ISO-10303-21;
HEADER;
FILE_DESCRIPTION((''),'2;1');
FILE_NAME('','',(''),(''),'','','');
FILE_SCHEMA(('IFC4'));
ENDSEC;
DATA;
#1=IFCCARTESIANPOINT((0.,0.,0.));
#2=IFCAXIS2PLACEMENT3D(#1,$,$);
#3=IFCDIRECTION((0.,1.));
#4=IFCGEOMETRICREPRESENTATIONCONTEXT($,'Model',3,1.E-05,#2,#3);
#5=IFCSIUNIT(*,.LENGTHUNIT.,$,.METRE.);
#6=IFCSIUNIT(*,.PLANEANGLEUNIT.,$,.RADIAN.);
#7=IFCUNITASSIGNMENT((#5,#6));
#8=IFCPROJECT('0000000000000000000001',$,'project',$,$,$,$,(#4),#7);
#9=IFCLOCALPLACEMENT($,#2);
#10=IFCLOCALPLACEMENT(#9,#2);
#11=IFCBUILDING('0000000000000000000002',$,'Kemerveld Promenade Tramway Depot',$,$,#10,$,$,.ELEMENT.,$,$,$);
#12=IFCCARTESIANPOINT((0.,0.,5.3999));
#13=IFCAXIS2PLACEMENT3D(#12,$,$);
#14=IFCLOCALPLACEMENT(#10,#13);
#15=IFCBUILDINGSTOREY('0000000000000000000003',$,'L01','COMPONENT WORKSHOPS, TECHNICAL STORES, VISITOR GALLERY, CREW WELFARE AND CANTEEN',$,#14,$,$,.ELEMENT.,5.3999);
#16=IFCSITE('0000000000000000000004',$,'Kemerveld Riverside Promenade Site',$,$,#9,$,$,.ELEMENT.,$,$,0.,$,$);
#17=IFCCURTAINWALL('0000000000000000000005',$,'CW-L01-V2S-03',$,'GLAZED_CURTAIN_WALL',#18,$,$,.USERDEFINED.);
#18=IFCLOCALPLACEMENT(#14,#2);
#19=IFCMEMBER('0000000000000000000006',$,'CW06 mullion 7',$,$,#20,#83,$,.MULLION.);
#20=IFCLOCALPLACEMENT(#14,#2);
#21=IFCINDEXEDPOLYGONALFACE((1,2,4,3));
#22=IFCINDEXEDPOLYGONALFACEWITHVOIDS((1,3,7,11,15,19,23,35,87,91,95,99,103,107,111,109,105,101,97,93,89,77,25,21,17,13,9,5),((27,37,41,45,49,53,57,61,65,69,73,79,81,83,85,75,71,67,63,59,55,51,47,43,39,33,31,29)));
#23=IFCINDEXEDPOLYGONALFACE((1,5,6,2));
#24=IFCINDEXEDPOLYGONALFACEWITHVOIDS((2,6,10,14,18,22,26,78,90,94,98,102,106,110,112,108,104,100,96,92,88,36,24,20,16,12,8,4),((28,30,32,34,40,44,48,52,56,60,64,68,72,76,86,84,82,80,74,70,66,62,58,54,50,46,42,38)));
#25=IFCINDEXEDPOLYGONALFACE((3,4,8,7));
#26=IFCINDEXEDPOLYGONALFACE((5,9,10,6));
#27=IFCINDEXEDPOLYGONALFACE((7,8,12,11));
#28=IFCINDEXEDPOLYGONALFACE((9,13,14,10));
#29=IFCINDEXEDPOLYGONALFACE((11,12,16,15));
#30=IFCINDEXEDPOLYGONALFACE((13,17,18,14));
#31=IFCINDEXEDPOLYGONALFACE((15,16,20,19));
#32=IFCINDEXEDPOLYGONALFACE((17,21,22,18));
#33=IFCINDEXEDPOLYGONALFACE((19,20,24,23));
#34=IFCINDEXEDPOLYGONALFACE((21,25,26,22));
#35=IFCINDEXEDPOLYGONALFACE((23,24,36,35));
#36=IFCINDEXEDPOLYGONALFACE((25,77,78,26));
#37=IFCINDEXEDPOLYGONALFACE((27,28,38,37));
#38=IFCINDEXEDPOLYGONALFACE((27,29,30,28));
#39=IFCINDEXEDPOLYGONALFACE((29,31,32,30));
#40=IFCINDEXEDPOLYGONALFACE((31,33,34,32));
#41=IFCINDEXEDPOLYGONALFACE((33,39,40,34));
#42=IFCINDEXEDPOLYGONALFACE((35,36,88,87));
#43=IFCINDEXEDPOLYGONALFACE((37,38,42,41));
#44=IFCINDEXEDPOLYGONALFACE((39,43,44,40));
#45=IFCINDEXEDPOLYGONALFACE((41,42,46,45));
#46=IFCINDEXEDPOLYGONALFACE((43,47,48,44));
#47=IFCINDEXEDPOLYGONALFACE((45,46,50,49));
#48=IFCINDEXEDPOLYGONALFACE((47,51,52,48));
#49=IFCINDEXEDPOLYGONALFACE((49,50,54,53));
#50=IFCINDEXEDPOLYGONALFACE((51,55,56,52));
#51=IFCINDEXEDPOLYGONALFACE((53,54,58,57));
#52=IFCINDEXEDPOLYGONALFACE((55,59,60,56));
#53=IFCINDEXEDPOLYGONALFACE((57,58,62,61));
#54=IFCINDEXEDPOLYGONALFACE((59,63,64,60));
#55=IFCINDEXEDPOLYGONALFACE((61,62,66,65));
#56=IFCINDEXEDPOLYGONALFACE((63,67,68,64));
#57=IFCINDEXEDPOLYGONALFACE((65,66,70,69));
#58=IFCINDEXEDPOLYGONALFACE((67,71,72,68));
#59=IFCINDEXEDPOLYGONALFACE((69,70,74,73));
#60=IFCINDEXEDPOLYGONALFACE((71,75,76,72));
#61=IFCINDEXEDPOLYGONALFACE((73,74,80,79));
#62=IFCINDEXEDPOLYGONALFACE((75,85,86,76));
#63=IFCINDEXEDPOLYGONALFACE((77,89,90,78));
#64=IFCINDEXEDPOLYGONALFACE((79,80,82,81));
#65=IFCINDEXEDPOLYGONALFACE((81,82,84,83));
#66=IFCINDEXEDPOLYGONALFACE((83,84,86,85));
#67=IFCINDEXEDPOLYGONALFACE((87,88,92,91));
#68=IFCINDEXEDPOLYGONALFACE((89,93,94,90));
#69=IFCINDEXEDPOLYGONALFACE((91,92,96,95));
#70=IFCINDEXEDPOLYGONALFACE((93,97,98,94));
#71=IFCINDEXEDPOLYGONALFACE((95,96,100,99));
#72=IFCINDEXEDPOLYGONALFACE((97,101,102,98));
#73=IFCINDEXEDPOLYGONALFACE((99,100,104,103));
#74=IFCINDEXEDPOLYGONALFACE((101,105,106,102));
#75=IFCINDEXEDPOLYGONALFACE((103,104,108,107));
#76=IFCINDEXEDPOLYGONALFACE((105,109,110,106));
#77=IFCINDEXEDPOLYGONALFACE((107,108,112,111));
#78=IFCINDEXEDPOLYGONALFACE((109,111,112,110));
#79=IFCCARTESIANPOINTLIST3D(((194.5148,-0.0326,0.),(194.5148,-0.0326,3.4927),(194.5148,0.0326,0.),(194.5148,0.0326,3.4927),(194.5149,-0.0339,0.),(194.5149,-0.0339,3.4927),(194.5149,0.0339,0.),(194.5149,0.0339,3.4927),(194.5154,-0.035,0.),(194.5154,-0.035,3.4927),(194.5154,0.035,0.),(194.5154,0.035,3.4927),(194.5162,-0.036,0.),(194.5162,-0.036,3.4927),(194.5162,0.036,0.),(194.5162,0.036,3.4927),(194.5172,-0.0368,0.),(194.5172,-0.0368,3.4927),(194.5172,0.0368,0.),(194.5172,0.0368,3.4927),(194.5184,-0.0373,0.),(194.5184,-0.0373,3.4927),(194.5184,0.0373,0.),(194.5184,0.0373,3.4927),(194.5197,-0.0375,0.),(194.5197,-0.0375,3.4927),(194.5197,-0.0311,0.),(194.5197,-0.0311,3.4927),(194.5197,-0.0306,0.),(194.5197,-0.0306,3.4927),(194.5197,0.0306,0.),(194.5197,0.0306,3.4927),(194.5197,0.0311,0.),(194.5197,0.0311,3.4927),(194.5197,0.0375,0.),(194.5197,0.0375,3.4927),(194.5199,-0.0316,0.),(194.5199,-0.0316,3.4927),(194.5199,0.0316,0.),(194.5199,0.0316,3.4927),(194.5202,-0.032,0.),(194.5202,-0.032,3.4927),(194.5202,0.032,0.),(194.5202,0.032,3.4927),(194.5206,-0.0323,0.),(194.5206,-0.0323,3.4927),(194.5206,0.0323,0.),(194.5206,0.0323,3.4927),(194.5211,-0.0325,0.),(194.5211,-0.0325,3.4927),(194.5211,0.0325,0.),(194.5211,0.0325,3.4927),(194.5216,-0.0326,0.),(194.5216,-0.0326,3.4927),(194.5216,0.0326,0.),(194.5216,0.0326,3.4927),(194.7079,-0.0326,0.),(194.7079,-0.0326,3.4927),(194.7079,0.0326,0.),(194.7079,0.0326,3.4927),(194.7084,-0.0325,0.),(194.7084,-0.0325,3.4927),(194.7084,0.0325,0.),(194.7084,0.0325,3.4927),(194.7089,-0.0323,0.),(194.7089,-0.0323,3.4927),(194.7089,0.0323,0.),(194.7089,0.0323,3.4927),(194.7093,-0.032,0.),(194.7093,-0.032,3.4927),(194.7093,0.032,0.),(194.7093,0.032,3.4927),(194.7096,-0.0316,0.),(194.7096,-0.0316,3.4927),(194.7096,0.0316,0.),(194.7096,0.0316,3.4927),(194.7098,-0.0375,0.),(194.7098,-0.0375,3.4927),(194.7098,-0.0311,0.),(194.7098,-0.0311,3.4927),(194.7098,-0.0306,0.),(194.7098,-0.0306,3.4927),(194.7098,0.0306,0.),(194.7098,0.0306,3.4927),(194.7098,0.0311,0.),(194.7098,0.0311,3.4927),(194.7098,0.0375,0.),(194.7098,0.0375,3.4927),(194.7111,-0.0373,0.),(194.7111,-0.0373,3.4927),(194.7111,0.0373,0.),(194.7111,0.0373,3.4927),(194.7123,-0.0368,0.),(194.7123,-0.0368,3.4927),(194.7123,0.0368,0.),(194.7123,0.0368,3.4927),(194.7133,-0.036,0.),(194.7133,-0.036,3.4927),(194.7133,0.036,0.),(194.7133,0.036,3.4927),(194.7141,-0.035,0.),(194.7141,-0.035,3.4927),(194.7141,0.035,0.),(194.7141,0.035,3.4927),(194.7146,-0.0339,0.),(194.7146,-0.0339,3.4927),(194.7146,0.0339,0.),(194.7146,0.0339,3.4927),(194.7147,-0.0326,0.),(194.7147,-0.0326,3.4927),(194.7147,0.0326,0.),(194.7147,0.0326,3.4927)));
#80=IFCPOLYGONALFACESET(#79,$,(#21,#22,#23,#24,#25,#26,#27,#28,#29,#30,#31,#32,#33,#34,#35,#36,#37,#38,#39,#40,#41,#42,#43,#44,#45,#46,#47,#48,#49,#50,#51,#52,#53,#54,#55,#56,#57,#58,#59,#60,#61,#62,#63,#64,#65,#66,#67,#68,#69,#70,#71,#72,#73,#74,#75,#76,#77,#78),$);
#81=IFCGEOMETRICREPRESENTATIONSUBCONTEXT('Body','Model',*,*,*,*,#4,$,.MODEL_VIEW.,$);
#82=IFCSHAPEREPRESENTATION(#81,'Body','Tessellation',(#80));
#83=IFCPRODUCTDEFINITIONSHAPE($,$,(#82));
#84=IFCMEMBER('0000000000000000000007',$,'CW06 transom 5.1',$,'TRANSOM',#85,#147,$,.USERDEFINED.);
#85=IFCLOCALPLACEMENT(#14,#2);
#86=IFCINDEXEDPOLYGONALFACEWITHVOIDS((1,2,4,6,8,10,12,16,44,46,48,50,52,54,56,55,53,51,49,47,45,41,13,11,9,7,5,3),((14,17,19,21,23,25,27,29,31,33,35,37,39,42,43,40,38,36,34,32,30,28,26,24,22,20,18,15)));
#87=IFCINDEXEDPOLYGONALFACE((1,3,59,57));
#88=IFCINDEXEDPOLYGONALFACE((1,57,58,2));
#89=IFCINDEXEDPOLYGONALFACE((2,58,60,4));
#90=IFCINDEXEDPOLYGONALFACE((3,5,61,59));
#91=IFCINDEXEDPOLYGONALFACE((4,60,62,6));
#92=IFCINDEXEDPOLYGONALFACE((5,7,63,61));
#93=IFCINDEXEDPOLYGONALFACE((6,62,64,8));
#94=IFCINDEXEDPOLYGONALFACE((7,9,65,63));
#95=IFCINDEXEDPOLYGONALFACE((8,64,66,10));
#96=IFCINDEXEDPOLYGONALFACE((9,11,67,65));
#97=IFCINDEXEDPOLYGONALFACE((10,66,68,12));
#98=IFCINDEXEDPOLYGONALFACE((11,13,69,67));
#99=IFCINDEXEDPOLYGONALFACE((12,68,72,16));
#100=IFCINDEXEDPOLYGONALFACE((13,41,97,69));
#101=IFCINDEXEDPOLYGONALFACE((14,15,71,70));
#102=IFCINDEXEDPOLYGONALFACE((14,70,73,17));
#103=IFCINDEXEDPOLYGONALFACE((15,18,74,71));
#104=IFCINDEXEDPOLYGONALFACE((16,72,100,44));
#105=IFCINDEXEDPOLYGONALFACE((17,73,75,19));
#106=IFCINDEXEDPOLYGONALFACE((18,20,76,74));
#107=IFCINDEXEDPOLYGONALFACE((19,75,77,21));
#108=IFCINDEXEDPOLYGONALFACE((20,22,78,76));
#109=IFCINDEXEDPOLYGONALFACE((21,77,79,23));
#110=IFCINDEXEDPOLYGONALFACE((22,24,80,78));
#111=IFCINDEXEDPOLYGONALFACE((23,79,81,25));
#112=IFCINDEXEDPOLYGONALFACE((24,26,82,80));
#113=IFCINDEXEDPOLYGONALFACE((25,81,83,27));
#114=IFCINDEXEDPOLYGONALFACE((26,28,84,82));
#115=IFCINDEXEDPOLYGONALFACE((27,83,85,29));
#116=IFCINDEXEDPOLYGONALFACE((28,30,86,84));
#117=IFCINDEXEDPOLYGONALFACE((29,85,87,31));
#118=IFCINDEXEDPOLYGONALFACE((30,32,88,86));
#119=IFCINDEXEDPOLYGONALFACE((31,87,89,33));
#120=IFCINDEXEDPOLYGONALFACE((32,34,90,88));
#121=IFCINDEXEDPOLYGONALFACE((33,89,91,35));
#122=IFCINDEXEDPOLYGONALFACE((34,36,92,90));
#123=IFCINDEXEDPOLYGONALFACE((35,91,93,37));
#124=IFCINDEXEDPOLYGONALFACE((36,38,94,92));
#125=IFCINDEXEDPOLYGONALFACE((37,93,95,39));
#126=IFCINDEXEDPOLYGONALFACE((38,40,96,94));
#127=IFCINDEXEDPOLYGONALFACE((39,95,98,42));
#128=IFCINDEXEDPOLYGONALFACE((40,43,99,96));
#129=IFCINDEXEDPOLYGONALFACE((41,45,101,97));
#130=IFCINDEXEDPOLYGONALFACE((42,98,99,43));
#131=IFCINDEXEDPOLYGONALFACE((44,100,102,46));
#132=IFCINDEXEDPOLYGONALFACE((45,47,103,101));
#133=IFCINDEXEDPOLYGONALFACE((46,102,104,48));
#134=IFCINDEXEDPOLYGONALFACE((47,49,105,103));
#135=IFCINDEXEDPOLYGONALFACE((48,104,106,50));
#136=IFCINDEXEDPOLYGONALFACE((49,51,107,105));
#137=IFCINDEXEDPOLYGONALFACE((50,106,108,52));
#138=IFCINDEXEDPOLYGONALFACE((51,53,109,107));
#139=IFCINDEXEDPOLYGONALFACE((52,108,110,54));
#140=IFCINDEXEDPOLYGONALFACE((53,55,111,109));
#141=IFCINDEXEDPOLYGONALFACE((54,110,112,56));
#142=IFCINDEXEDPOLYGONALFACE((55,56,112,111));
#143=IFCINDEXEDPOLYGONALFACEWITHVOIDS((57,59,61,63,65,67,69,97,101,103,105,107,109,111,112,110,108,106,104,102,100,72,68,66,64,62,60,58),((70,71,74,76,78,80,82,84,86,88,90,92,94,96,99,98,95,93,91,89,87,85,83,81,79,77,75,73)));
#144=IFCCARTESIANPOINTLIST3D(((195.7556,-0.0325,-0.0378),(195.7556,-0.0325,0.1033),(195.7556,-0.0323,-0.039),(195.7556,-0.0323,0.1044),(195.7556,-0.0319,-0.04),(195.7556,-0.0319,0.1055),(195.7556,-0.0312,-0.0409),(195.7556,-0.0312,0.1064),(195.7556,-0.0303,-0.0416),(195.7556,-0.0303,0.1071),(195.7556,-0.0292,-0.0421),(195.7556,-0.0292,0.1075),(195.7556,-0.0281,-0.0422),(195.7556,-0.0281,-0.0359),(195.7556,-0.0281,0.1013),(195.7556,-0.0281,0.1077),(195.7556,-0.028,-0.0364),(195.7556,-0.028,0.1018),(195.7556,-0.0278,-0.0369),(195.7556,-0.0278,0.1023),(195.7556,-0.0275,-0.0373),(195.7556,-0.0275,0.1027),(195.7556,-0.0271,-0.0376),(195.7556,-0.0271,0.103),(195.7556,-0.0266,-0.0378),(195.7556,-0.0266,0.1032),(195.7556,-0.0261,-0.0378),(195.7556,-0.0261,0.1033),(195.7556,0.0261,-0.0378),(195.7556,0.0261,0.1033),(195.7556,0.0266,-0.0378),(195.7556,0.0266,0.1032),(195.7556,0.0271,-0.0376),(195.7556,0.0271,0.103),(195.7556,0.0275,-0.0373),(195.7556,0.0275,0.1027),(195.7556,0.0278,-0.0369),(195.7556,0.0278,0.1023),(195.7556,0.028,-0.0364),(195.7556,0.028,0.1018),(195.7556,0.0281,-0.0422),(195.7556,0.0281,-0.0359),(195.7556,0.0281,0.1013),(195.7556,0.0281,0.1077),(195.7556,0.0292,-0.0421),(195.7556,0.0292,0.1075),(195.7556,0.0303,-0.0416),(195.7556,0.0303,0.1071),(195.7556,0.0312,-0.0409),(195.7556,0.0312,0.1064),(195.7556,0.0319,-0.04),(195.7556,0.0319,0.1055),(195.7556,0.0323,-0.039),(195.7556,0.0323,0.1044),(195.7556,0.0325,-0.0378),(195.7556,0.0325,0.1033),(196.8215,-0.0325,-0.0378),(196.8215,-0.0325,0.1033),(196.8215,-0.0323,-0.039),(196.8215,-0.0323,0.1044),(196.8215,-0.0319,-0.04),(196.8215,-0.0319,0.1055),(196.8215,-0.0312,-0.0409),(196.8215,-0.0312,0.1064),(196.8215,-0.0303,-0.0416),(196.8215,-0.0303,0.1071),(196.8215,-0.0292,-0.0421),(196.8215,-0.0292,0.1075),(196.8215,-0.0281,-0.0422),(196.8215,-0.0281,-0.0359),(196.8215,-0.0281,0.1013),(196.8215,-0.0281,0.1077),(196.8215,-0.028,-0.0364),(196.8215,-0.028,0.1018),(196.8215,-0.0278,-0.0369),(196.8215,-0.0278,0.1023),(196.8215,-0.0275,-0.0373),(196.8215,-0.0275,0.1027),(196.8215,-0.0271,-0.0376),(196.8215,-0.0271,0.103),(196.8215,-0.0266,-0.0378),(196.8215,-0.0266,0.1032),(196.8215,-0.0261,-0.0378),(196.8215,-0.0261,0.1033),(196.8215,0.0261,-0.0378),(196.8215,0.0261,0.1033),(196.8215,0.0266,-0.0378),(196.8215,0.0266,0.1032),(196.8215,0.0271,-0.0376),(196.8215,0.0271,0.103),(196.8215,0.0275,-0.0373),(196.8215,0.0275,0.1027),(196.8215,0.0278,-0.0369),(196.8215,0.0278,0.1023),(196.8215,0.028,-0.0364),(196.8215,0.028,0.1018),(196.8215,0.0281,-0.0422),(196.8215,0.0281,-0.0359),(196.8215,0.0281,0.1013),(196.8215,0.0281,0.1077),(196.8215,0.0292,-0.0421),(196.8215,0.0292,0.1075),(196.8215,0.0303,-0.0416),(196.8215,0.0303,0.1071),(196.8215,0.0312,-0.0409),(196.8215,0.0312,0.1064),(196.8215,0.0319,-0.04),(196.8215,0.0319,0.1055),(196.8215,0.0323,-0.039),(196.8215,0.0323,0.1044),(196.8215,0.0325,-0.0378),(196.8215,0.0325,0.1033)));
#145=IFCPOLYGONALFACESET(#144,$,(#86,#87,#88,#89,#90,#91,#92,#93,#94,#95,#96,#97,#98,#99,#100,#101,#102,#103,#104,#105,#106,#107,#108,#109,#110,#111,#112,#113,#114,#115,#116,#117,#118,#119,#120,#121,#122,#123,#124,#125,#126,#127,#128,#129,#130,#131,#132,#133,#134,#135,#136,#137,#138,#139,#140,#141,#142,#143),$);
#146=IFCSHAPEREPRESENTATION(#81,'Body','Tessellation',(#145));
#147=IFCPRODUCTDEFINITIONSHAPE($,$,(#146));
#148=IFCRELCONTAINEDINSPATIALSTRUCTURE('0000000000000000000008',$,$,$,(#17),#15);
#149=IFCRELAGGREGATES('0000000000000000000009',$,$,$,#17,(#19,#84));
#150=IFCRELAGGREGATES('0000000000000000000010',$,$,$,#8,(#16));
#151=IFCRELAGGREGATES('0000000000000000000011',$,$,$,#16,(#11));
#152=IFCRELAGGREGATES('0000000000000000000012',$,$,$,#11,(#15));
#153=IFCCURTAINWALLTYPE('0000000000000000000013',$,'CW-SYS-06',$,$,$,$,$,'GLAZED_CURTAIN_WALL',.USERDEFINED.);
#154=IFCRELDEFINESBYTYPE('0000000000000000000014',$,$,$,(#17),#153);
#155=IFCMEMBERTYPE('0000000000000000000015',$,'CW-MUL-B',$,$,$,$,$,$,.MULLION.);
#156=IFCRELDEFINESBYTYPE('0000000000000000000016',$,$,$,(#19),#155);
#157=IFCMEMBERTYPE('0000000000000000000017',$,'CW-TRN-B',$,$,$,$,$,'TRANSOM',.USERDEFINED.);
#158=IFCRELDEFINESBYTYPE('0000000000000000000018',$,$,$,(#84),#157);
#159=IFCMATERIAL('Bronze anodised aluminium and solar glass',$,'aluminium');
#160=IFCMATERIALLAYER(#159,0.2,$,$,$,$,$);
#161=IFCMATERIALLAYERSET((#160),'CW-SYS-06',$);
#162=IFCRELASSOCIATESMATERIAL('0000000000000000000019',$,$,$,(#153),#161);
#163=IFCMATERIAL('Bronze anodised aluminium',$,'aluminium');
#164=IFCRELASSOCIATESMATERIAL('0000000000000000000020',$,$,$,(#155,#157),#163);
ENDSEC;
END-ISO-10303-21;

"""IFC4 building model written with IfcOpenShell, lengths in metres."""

from ifc_helpers import new_model, si_unit, direction, frame, origin, origin_2d, place, context, subcontext, project, spatial, hollow_rectangle, extrude, material, layer, layer_set, material_profile, profile_set, type_object, element, aggregate, save


model = new_model("IFC4")

# Units and contexts
model_context = context("Model", 3, precision=1e-05, world=origin(), true_north=direction((0.0, 1.0)))
body_context = subcontext(model_context, "Body", "Model", "MODEL_VIEW")
ifc_project = project(units=[si_unit("LENGTHUNIT", "METRE"), si_unit("PLANEANGLEUNIT", "RADIAN")], contexts=[model_context])

# Site, building, storey
site_placement = place(None, origin())
site = spatial("IfcSite", under=ifc_project, at=site_placement, Name="Kemerveld Riverside Promenade Site", CompositionType="ELEMENT", RefElevation=0.0)
building_placement = place(site_placement, origin())
building = spatial("IfcBuilding", under=site, at=building_placement, Name="Kemerveld Promenade Tramway Depot", CompositionType="ELEMENT")
storey_placement = place(building_placement, frame((0.0, 0.0, 5.3999)))
storey = spatial("IfcBuildingStorey", under=building, at=storey_placement, Name="L01", Description="COMPONENT WORKSHOPS, TECHNICAL STORES, VISITOR GALLERY, CREW WELFARE AND CANTEEN", CompositionType="ELEMENT", Elevation=5.3999)

# Curtain wall, members
ifc_material_1 = material(Name="Bronze anodised aluminium and solar glass", Category="aluminium")
ifc_layer_1 = layer(ifc_material_1, 0.2)
ifc_layer_set_1 = layer_set([ifc_layer_1], Name="CW-SYS-06")
curtain_wall_type = type_object("IfcCurtainWallType", Name="CW-SYS-06", ElementType="GLAZED_CURTAIN_WALL", PredefinedType="USERDEFINED", material=ifc_layer_set_1)
curtain_wall_placement = place(storey_placement, origin())
curtain_wall = element("IfcCurtainWall", 1, at=curtain_wall_placement, inside=storey, type_object=curtain_wall_type, Name="CW-L01-V2S-03", ObjectType="GLAZED_CURTAIN_WALL", PredefinedType="USERDEFINED")
ifc_material_2 = material(Name="Bronze anodised aluminium", Category="aluminium")
ifc_material_profile_1 = material_profile(ifc_material_2, hollow_rectangle(XDim=0.075, YDim=0.2, WallThickness=0.0049, InnerFilletRadius=0.002, OuterFilletRadius=0.0049, at=origin_2d()), Name="CW-MUL-200x75")
ifc_profile_set_1 = profile_set([ifc_material_profile_1], Name="Bronze anodised aluminium")
member_type_1 = type_object("IfcMemberType", Name="CW-MUL-B", PredefinedType="MULLION", material=ifc_profile_set_1)
member_1_placement = place(storey_placement, frame((194.6147, 0.0, 0.0), z_axis=(0.0, 0.0, 1.0), x_axis=(0.0, -1.0, 0.0)))
member_1 = element("IfcMember", 2, at=member_1_placement, type_object=member_type_1, Name="CW06 mullion 7", PredefinedType="MULLION", context=body_context, shape_type="SweptSolid", body=[
    extrude(hollow_rectangle(XDim=0.075, YDim=0.2, WallThickness=0.0049, InnerFilletRadius=0.002, OuterFilletRadius=0.0049, at=origin_2d()), origin(), (0.0, 0.0, 1.0), 3.4927),
])
ifc_material_profile_2 = material_profile(ifc_material_2, hollow_rectangle(XDim=0.0649, YDim=0.1499, WallThickness=0.0044, InnerFilletRadius=0.002, OuterFilletRadius=0.0044, at=origin_2d()), Name="CW-TRN-150x65")
ifc_profile_set_2 = profile_set([ifc_material_profile_2], Name="Bronze anodised aluminium")
member_type_2 = type_object("IfcMemberType", Name="CW-TRN-B", ElementType="TRANSOM", PredefinedType="USERDEFINED", material=ifc_profile_set_2)
member_2_placement = place(storey_placement, frame((196.8215, 0.0, 0.0327), z_axis=(-1.0, 0.0, 0.0), x_axis=(0.0, -1.0, 0.0)))
member_2 = element("IfcMember", 3, at=member_2_placement, type_object=member_type_2, Name="CW06 transom 5.1", ObjectType="TRANSOM", PredefinedType="USERDEFINED", context=body_context, shape_type="SweptSolid", body=[
    extrude(hollow_rectangle(XDim=0.0649, YDim=0.1499, WallThickness=0.0044, InnerFilletRadius=0.002, OuterFilletRadius=0.0044, at=origin_2d()), origin(), (0.0, 0.0, 1.0), 1.0659),
])
aggregate(curtain_wall, [member_1, member_2])

save(model, "model.ifc")
